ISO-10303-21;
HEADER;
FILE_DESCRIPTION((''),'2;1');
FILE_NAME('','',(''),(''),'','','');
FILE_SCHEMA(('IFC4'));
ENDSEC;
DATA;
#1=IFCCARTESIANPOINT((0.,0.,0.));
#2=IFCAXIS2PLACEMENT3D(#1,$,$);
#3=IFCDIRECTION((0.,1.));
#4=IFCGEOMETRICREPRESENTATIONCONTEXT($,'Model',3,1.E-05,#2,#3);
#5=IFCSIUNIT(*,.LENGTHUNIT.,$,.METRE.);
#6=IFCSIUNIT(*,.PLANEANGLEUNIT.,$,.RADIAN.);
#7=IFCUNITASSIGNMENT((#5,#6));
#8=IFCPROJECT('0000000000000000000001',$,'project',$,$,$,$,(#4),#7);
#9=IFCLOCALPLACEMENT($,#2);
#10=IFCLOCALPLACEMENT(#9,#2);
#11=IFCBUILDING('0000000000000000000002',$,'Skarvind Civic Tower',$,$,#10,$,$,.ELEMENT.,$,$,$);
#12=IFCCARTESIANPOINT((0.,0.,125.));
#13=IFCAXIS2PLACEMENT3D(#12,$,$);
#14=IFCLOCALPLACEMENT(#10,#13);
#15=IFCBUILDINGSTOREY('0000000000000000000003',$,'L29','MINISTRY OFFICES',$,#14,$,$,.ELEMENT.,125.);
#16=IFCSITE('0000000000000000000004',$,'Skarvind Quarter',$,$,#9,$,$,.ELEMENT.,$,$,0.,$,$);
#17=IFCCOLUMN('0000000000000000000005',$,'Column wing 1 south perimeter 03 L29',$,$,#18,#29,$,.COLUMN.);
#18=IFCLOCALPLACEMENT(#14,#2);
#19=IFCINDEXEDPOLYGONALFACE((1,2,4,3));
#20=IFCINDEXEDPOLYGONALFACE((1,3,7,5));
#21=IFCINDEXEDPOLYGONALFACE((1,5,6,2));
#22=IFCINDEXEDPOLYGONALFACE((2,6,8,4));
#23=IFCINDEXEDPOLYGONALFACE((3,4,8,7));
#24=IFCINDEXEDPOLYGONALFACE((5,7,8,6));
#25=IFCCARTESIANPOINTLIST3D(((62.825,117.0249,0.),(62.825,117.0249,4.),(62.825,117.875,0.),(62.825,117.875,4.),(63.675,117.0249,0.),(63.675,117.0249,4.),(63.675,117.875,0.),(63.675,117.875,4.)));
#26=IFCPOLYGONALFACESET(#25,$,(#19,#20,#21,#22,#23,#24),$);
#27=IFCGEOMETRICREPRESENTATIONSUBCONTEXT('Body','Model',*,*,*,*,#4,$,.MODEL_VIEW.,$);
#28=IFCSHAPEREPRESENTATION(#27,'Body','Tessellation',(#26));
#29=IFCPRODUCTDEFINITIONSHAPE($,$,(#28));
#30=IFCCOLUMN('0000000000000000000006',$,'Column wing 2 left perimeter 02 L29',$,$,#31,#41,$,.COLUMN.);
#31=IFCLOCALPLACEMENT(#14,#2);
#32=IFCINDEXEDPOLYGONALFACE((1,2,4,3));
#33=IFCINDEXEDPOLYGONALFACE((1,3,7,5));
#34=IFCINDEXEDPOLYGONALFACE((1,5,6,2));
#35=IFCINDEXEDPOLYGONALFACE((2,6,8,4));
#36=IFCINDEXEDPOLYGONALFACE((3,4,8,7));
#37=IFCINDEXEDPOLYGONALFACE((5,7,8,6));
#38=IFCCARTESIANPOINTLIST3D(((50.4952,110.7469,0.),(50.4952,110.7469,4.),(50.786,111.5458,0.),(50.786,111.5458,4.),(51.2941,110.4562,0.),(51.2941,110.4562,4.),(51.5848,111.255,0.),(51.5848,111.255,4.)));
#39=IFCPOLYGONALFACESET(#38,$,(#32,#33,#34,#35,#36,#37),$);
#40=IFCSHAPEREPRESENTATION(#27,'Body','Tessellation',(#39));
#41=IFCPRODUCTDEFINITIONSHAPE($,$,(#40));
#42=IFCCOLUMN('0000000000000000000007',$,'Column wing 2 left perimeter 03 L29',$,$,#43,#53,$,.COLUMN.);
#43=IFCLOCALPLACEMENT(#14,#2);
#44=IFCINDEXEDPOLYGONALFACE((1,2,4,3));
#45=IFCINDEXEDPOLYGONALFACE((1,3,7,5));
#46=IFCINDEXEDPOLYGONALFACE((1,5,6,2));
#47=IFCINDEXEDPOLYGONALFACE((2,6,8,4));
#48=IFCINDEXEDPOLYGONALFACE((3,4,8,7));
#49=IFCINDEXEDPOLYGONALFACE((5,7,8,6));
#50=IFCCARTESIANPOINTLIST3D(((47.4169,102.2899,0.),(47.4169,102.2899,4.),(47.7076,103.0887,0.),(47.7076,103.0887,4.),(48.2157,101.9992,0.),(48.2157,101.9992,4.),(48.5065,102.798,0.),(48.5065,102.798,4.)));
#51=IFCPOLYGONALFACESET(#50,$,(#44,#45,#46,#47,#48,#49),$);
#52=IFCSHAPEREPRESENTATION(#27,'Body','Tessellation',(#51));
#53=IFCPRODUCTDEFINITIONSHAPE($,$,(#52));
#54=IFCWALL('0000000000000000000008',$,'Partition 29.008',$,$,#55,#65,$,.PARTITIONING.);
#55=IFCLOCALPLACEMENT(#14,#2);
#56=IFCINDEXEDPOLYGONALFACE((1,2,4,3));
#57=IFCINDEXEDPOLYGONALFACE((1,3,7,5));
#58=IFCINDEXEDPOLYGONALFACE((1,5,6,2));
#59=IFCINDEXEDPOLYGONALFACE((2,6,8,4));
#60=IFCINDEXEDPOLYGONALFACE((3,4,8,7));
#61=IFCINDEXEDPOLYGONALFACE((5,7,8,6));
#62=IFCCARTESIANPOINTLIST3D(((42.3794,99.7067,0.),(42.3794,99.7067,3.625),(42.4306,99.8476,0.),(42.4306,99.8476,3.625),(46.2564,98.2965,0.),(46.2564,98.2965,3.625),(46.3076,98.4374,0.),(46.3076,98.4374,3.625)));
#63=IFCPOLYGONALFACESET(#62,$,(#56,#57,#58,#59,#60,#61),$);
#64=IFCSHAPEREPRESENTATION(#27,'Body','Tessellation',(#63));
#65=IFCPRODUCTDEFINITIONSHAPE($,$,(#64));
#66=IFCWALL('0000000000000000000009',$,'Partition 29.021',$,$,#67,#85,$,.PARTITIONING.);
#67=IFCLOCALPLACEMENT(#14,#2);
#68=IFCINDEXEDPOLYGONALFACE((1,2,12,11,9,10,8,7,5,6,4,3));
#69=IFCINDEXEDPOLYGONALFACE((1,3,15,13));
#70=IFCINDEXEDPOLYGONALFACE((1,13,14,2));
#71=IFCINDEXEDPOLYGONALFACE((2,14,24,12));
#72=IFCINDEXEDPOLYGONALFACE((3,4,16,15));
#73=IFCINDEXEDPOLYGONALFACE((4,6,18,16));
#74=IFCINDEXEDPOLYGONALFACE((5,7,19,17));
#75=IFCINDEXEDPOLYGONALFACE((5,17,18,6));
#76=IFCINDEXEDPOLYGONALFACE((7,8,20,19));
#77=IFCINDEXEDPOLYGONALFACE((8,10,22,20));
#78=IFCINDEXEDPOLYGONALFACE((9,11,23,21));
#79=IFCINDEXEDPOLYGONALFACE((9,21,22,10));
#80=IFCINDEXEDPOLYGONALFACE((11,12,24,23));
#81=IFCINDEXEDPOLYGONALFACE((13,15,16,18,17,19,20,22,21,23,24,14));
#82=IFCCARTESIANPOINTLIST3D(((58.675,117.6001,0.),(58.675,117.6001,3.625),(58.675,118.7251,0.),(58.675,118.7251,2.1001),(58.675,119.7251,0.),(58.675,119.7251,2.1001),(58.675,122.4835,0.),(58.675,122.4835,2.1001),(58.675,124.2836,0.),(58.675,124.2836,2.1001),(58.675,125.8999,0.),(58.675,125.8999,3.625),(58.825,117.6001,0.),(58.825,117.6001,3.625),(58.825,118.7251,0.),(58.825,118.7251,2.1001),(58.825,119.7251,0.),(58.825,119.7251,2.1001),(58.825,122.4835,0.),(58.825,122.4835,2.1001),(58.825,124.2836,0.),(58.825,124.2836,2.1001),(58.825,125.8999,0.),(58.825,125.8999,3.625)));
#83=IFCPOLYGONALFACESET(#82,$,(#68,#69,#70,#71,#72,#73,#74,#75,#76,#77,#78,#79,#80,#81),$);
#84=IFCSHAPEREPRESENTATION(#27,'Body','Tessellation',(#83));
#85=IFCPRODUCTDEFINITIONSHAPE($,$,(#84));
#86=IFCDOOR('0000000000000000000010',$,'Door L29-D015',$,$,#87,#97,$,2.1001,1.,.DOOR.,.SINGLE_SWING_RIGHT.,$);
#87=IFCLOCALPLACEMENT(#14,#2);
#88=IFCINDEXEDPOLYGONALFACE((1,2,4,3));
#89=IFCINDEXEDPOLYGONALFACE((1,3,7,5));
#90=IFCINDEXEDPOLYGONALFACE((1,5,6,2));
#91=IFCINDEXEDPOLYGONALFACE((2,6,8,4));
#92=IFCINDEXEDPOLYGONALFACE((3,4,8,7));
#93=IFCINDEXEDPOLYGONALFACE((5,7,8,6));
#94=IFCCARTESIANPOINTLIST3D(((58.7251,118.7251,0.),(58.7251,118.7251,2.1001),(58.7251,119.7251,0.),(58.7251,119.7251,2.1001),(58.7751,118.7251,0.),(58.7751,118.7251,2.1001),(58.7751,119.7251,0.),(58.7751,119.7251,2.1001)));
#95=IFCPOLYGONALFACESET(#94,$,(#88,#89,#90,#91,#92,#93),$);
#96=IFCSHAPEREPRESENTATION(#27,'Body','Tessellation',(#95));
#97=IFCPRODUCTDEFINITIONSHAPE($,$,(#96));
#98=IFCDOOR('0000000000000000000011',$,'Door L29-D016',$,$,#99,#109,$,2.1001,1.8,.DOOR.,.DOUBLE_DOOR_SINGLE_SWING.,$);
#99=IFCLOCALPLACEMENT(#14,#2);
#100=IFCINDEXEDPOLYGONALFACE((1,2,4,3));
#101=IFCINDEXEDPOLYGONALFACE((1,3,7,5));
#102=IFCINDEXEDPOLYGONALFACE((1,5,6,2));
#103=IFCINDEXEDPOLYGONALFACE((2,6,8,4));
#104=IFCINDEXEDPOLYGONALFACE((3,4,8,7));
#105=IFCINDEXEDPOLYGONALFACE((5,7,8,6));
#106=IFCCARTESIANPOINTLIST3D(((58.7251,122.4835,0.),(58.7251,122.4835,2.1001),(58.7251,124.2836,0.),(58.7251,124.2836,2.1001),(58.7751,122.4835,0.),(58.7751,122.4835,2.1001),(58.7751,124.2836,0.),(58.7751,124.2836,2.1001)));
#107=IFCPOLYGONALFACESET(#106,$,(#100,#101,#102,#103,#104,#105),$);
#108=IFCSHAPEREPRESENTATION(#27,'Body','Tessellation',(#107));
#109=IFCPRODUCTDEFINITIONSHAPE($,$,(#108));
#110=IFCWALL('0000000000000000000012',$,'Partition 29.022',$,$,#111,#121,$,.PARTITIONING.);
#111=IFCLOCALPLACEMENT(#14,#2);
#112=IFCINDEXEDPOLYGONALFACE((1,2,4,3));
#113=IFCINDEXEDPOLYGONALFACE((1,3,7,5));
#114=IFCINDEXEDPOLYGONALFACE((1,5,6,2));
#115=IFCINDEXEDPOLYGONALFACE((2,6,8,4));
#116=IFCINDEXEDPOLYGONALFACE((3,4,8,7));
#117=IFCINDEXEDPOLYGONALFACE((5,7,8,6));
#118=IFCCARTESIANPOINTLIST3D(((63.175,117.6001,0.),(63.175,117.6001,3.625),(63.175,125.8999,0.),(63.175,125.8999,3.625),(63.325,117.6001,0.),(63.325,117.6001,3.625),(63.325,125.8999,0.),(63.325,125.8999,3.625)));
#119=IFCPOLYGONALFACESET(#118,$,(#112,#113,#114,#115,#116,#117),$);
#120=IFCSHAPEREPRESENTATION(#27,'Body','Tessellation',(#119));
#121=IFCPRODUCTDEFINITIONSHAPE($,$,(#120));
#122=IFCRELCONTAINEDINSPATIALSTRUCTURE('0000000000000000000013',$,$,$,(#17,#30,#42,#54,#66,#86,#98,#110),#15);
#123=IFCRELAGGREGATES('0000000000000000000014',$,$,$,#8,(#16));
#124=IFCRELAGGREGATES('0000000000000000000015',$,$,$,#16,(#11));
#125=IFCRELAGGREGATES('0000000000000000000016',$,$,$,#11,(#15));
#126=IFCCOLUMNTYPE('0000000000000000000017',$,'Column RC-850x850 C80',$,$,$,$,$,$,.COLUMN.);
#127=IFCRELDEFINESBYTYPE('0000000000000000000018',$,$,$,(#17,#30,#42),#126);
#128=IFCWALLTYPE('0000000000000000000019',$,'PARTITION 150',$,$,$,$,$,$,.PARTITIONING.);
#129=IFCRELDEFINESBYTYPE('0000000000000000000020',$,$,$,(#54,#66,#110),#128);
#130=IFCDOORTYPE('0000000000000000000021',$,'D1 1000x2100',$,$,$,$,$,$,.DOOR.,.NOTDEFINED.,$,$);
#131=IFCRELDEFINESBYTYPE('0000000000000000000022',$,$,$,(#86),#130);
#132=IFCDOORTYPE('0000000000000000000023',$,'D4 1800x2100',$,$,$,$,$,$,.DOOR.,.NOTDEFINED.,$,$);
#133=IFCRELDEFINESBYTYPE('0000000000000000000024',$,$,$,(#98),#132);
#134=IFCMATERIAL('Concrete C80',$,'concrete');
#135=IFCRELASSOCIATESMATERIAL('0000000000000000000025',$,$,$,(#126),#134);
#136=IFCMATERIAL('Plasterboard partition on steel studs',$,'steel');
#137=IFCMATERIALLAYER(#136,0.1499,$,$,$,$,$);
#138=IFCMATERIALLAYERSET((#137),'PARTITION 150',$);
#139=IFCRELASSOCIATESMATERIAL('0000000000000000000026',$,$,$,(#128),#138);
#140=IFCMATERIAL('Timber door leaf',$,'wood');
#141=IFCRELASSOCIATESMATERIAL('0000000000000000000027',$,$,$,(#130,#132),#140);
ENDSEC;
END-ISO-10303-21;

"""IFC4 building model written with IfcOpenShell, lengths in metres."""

from ifc_helpers import new_model, si_unit, direction, frame, frame_2d, origin, origin_2d, place, context, subcontext, project, spatial, rectangle, extrude, material, layer, layer_set, material_profile, profile_set, type_object, element, fill, save


model = new_model("IFC4")

# Units and contexts
model_context = context("Model", 3, precision=1e-05, world=origin(), true_north=direction((0.0, 1.0)))
body_context = subcontext(model_context, "Body", "Model", "MODEL_VIEW")
ifc_project = project(units=[si_unit("LENGTHUNIT", "METRE"), si_unit("PLANEANGLEUNIT", "RADIAN")], contexts=[model_context])

# Site, building, storey
site_placement = place(None, origin())
site = spatial("IfcSite", under=ifc_project, at=site_placement, Name="Skarvind Quarter", CompositionType="ELEMENT", RefElevation=0.0)
building_placement = place(site_placement, origin())
building = spatial("IfcBuilding", under=site, at=building_placement, Name="Skarvind Civic Tower", CompositionType="ELEMENT")
storey_placement = place(building_placement, frame((0.0, 0.0, 125.0)))
storey = spatial("IfcBuildingStorey", under=building, at=storey_placement, Name="L29", Description="MINISTRY OFFICES", CompositionType="ELEMENT", Elevation=125.0)

# Columns
ifc_material_1 = material(Name="Concrete C80", Category="concrete")
ifc_material_profile_1 = material_profile(ifc_material_1, rectangle(XDim=0.8501, YDim=0.8501, at=origin_2d()), Name="RC-850x850")
ifc_profile_set_1 = profile_set([ifc_material_profile_1], Name="Concrete C80")
column_type = type_object("IfcColumnType", Name="Column RC-850x850 C80", PredefinedType="COLUMN", material=ifc_profile_set_1)
for number, where, z_axis, x_axis, name in (
    (1, (63.25, 117.45, 0.0), (0.0, 0.0, 1.0), (1.0, 0.0, 0.0), "Column wing 1 south perimeter 03 L29"),
    (2, (51.04, 111.001, 0.0), (0.0, 0.0, 1.0), (-0.34202, -0.939693, 0.0), "Column wing 2 left perimeter 02 L29"),
    (3, (47.9617, 102.5439, 0.0), (0.0, 0.0, 1.0), (-0.34202, -0.939693, 0.0), "Column wing 2 left perimeter 03 L29"),
):
    element("IfcColumn", number, at=place(storey_placement, frame(where, z_axis=z_axis, x_axis=x_axis)), inside=storey, type_object=column_type, Name=name, PredefinedType="COLUMN", context=body_context, shape_type="SweptSolid", body=[
        extrude(rectangle(XDim=0.8501, YDim=0.8501, at=origin_2d()), origin(), (0.0, 0.0, 1.0), 4.0),
    ])

# Wall
ifc_material_2 = material(Name="Plasterboard partition on steel studs", Category="steel")
ifc_layer_1 = layer(ifc_material_2, 0.1499)
ifc_layer_set_1 = layer_set([ifc_layer_1], Name="PARTITION 150")
wall_type_1 = type_object("IfcWallType", Name="PARTITION 150", PredefinedType="PARTITIONING", material=ifc_layer_set_1)
wall_1_placement = place(storey_placement, frame((46.282, 98.3669, 0.0), z_axis=(0.0, 0.0, 1.0), x_axis=(-0.939766, 0.341819, 0.0)))
element("IfcWall", 4, at=wall_1_placement, inside=storey, type_object=wall_type_1, Name="Partition 29.008", PredefinedType="PARTITIONING", context=body_context, shape_type="SweptSolid", body=[
    extrude(rectangle(XDim=4.1255, YDim=0.1499, at=frame_2d((2.0627, 0.0))), origin(), (0.0, 0.0, 1.0), 3.625),
])

# Wall, openings, doors
wall_2_placement = place(storey_placement, frame((58.75, 117.6001, 0.0), z_axis=(0.0, 0.0, 1.0), x_axis=(0.0, 1.0, 0.0)))
wall_2 = element("IfcWall", 5, at=wall_2_placement, inside=storey, type_object=wall_type_1, Name="Partition 29.021", PredefinedType="PARTITIONING", context=body_context, shape_type="SweptSolid", body=[
    extrude(rectangle(XDim=8.2998, YDim=0.1499, at=frame_2d((4.1499, 0.0))), origin(), (0.0, 0.0, 1.0), 3.625),
])
opening_1_placement = place(wall_2_placement, frame((1.125, 0.0, 0.0)))
opening_1 = element("IfcOpeningElement", 6, at=opening_1_placement, cuts=wall_2, PredefinedType="OPENING", context=body_context, shape_type="SweptSolid", body=[
    extrude(rectangle(XDim=1.0, YDim=2.1001, at=frame_2d((0.5, 1.05))), frame((0.0, 0.085, 0.0), z_axis=(0.0, -1.0, 0.0), x_axis=(1.0, 0.0, 0.0)), (0.0, 0.0, 1.0), 0.1699),
])
opening_2_placement = place(wall_2_placement, frame((4.8835, 0.0, 0.0)))
opening_2 = element("IfcOpeningElement", 7, at=opening_2_placement, cuts=wall_2, PredefinedType="OPENING", context=body_context, shape_type="SweptSolid", body=[
    extrude(rectangle(XDim=1.8, YDim=2.1001, at=frame_2d((0.8999, 1.05))), frame((0.0, 0.085, 0.0), z_axis=(0.0, -1.0, 0.0), x_axis=(1.0, 0.0, 0.0)), (0.0, 0.0, 1.0), 0.1699),
])
ifc_material_3 = material(Name="Timber door leaf", Category="wood")
door_type_1 = type_object("IfcDoorType", Name="D1 1000x2100", OperationType="NOTDEFINED", PredefinedType="DOOR", material=ifc_material_3)
door_1_placement = place(opening_1_placement, origin())
door_1 = element("IfcDoor", 8, at=door_1_placement, inside=storey, type_object=door_type_1, Name="Door L29-D015", OperationType="SINGLE_SWING_RIGHT", OverallHeight=2.1001, OverallWidth=1.0, PredefinedType="DOOR", context=body_context, shape_type="SweptSolid", body=[
    extrude(rectangle(XDim=1.0, YDim=2.1001, at=frame_2d((0.5, 1.05))), frame((0.0, 0.0249, 0.0), z_axis=(0.0, -1.0, 0.0), x_axis=(1.0, 0.0, 0.0)), (0.0, 0.0, 1.0), 0.05),
])
fill(opening_1, door_1)
door_type_2 = type_object("IfcDoorType", Name="D4 1800x2100", OperationType="NOTDEFINED", PredefinedType="DOOR", material=ifc_material_3)
door_2_placement = place(opening_2_placement, origin())
door_2 = element("IfcDoor", 9, at=door_2_placement, inside=storey, type_object=door_type_2, Name="Door L29-D016", OperationType="DOUBLE_DOOR_SINGLE_SWING", OverallHeight=2.1001, OverallWidth=1.8, PredefinedType="DOOR", context=body_context, shape_type="SweptSolid", body=[
    extrude(rectangle(XDim=1.8, YDim=2.1001, at=frame_2d((0.8999, 1.05))), frame((0.0, 0.0249, 0.0), z_axis=(0.0, -1.0, 0.0), x_axis=(1.0, 0.0, 0.0)), (0.0, 0.0, 1.0), 0.05),
])
fill(opening_2, door_2)

# Wall
wall_3_placement = place(storey_placement, frame((63.25, 117.6001, 0.0), z_axis=(0.0, 0.0, 1.0), x_axis=(0.0, 1.0, 0.0)))
element("IfcWall", 10, at=wall_3_placement, inside=storey, type_object=wall_type_1, Name="Partition 29.022", PredefinedType="PARTITIONING", context=body_context, shape_type="SweptSolid", body=[
    extrude(rectangle(XDim=8.2998, YDim=0.1499, at=frame_2d((4.1499, 0.0))), origin(), (0.0, 0.0, 1.0), 3.625),
])

save(model, "model.ifc")
